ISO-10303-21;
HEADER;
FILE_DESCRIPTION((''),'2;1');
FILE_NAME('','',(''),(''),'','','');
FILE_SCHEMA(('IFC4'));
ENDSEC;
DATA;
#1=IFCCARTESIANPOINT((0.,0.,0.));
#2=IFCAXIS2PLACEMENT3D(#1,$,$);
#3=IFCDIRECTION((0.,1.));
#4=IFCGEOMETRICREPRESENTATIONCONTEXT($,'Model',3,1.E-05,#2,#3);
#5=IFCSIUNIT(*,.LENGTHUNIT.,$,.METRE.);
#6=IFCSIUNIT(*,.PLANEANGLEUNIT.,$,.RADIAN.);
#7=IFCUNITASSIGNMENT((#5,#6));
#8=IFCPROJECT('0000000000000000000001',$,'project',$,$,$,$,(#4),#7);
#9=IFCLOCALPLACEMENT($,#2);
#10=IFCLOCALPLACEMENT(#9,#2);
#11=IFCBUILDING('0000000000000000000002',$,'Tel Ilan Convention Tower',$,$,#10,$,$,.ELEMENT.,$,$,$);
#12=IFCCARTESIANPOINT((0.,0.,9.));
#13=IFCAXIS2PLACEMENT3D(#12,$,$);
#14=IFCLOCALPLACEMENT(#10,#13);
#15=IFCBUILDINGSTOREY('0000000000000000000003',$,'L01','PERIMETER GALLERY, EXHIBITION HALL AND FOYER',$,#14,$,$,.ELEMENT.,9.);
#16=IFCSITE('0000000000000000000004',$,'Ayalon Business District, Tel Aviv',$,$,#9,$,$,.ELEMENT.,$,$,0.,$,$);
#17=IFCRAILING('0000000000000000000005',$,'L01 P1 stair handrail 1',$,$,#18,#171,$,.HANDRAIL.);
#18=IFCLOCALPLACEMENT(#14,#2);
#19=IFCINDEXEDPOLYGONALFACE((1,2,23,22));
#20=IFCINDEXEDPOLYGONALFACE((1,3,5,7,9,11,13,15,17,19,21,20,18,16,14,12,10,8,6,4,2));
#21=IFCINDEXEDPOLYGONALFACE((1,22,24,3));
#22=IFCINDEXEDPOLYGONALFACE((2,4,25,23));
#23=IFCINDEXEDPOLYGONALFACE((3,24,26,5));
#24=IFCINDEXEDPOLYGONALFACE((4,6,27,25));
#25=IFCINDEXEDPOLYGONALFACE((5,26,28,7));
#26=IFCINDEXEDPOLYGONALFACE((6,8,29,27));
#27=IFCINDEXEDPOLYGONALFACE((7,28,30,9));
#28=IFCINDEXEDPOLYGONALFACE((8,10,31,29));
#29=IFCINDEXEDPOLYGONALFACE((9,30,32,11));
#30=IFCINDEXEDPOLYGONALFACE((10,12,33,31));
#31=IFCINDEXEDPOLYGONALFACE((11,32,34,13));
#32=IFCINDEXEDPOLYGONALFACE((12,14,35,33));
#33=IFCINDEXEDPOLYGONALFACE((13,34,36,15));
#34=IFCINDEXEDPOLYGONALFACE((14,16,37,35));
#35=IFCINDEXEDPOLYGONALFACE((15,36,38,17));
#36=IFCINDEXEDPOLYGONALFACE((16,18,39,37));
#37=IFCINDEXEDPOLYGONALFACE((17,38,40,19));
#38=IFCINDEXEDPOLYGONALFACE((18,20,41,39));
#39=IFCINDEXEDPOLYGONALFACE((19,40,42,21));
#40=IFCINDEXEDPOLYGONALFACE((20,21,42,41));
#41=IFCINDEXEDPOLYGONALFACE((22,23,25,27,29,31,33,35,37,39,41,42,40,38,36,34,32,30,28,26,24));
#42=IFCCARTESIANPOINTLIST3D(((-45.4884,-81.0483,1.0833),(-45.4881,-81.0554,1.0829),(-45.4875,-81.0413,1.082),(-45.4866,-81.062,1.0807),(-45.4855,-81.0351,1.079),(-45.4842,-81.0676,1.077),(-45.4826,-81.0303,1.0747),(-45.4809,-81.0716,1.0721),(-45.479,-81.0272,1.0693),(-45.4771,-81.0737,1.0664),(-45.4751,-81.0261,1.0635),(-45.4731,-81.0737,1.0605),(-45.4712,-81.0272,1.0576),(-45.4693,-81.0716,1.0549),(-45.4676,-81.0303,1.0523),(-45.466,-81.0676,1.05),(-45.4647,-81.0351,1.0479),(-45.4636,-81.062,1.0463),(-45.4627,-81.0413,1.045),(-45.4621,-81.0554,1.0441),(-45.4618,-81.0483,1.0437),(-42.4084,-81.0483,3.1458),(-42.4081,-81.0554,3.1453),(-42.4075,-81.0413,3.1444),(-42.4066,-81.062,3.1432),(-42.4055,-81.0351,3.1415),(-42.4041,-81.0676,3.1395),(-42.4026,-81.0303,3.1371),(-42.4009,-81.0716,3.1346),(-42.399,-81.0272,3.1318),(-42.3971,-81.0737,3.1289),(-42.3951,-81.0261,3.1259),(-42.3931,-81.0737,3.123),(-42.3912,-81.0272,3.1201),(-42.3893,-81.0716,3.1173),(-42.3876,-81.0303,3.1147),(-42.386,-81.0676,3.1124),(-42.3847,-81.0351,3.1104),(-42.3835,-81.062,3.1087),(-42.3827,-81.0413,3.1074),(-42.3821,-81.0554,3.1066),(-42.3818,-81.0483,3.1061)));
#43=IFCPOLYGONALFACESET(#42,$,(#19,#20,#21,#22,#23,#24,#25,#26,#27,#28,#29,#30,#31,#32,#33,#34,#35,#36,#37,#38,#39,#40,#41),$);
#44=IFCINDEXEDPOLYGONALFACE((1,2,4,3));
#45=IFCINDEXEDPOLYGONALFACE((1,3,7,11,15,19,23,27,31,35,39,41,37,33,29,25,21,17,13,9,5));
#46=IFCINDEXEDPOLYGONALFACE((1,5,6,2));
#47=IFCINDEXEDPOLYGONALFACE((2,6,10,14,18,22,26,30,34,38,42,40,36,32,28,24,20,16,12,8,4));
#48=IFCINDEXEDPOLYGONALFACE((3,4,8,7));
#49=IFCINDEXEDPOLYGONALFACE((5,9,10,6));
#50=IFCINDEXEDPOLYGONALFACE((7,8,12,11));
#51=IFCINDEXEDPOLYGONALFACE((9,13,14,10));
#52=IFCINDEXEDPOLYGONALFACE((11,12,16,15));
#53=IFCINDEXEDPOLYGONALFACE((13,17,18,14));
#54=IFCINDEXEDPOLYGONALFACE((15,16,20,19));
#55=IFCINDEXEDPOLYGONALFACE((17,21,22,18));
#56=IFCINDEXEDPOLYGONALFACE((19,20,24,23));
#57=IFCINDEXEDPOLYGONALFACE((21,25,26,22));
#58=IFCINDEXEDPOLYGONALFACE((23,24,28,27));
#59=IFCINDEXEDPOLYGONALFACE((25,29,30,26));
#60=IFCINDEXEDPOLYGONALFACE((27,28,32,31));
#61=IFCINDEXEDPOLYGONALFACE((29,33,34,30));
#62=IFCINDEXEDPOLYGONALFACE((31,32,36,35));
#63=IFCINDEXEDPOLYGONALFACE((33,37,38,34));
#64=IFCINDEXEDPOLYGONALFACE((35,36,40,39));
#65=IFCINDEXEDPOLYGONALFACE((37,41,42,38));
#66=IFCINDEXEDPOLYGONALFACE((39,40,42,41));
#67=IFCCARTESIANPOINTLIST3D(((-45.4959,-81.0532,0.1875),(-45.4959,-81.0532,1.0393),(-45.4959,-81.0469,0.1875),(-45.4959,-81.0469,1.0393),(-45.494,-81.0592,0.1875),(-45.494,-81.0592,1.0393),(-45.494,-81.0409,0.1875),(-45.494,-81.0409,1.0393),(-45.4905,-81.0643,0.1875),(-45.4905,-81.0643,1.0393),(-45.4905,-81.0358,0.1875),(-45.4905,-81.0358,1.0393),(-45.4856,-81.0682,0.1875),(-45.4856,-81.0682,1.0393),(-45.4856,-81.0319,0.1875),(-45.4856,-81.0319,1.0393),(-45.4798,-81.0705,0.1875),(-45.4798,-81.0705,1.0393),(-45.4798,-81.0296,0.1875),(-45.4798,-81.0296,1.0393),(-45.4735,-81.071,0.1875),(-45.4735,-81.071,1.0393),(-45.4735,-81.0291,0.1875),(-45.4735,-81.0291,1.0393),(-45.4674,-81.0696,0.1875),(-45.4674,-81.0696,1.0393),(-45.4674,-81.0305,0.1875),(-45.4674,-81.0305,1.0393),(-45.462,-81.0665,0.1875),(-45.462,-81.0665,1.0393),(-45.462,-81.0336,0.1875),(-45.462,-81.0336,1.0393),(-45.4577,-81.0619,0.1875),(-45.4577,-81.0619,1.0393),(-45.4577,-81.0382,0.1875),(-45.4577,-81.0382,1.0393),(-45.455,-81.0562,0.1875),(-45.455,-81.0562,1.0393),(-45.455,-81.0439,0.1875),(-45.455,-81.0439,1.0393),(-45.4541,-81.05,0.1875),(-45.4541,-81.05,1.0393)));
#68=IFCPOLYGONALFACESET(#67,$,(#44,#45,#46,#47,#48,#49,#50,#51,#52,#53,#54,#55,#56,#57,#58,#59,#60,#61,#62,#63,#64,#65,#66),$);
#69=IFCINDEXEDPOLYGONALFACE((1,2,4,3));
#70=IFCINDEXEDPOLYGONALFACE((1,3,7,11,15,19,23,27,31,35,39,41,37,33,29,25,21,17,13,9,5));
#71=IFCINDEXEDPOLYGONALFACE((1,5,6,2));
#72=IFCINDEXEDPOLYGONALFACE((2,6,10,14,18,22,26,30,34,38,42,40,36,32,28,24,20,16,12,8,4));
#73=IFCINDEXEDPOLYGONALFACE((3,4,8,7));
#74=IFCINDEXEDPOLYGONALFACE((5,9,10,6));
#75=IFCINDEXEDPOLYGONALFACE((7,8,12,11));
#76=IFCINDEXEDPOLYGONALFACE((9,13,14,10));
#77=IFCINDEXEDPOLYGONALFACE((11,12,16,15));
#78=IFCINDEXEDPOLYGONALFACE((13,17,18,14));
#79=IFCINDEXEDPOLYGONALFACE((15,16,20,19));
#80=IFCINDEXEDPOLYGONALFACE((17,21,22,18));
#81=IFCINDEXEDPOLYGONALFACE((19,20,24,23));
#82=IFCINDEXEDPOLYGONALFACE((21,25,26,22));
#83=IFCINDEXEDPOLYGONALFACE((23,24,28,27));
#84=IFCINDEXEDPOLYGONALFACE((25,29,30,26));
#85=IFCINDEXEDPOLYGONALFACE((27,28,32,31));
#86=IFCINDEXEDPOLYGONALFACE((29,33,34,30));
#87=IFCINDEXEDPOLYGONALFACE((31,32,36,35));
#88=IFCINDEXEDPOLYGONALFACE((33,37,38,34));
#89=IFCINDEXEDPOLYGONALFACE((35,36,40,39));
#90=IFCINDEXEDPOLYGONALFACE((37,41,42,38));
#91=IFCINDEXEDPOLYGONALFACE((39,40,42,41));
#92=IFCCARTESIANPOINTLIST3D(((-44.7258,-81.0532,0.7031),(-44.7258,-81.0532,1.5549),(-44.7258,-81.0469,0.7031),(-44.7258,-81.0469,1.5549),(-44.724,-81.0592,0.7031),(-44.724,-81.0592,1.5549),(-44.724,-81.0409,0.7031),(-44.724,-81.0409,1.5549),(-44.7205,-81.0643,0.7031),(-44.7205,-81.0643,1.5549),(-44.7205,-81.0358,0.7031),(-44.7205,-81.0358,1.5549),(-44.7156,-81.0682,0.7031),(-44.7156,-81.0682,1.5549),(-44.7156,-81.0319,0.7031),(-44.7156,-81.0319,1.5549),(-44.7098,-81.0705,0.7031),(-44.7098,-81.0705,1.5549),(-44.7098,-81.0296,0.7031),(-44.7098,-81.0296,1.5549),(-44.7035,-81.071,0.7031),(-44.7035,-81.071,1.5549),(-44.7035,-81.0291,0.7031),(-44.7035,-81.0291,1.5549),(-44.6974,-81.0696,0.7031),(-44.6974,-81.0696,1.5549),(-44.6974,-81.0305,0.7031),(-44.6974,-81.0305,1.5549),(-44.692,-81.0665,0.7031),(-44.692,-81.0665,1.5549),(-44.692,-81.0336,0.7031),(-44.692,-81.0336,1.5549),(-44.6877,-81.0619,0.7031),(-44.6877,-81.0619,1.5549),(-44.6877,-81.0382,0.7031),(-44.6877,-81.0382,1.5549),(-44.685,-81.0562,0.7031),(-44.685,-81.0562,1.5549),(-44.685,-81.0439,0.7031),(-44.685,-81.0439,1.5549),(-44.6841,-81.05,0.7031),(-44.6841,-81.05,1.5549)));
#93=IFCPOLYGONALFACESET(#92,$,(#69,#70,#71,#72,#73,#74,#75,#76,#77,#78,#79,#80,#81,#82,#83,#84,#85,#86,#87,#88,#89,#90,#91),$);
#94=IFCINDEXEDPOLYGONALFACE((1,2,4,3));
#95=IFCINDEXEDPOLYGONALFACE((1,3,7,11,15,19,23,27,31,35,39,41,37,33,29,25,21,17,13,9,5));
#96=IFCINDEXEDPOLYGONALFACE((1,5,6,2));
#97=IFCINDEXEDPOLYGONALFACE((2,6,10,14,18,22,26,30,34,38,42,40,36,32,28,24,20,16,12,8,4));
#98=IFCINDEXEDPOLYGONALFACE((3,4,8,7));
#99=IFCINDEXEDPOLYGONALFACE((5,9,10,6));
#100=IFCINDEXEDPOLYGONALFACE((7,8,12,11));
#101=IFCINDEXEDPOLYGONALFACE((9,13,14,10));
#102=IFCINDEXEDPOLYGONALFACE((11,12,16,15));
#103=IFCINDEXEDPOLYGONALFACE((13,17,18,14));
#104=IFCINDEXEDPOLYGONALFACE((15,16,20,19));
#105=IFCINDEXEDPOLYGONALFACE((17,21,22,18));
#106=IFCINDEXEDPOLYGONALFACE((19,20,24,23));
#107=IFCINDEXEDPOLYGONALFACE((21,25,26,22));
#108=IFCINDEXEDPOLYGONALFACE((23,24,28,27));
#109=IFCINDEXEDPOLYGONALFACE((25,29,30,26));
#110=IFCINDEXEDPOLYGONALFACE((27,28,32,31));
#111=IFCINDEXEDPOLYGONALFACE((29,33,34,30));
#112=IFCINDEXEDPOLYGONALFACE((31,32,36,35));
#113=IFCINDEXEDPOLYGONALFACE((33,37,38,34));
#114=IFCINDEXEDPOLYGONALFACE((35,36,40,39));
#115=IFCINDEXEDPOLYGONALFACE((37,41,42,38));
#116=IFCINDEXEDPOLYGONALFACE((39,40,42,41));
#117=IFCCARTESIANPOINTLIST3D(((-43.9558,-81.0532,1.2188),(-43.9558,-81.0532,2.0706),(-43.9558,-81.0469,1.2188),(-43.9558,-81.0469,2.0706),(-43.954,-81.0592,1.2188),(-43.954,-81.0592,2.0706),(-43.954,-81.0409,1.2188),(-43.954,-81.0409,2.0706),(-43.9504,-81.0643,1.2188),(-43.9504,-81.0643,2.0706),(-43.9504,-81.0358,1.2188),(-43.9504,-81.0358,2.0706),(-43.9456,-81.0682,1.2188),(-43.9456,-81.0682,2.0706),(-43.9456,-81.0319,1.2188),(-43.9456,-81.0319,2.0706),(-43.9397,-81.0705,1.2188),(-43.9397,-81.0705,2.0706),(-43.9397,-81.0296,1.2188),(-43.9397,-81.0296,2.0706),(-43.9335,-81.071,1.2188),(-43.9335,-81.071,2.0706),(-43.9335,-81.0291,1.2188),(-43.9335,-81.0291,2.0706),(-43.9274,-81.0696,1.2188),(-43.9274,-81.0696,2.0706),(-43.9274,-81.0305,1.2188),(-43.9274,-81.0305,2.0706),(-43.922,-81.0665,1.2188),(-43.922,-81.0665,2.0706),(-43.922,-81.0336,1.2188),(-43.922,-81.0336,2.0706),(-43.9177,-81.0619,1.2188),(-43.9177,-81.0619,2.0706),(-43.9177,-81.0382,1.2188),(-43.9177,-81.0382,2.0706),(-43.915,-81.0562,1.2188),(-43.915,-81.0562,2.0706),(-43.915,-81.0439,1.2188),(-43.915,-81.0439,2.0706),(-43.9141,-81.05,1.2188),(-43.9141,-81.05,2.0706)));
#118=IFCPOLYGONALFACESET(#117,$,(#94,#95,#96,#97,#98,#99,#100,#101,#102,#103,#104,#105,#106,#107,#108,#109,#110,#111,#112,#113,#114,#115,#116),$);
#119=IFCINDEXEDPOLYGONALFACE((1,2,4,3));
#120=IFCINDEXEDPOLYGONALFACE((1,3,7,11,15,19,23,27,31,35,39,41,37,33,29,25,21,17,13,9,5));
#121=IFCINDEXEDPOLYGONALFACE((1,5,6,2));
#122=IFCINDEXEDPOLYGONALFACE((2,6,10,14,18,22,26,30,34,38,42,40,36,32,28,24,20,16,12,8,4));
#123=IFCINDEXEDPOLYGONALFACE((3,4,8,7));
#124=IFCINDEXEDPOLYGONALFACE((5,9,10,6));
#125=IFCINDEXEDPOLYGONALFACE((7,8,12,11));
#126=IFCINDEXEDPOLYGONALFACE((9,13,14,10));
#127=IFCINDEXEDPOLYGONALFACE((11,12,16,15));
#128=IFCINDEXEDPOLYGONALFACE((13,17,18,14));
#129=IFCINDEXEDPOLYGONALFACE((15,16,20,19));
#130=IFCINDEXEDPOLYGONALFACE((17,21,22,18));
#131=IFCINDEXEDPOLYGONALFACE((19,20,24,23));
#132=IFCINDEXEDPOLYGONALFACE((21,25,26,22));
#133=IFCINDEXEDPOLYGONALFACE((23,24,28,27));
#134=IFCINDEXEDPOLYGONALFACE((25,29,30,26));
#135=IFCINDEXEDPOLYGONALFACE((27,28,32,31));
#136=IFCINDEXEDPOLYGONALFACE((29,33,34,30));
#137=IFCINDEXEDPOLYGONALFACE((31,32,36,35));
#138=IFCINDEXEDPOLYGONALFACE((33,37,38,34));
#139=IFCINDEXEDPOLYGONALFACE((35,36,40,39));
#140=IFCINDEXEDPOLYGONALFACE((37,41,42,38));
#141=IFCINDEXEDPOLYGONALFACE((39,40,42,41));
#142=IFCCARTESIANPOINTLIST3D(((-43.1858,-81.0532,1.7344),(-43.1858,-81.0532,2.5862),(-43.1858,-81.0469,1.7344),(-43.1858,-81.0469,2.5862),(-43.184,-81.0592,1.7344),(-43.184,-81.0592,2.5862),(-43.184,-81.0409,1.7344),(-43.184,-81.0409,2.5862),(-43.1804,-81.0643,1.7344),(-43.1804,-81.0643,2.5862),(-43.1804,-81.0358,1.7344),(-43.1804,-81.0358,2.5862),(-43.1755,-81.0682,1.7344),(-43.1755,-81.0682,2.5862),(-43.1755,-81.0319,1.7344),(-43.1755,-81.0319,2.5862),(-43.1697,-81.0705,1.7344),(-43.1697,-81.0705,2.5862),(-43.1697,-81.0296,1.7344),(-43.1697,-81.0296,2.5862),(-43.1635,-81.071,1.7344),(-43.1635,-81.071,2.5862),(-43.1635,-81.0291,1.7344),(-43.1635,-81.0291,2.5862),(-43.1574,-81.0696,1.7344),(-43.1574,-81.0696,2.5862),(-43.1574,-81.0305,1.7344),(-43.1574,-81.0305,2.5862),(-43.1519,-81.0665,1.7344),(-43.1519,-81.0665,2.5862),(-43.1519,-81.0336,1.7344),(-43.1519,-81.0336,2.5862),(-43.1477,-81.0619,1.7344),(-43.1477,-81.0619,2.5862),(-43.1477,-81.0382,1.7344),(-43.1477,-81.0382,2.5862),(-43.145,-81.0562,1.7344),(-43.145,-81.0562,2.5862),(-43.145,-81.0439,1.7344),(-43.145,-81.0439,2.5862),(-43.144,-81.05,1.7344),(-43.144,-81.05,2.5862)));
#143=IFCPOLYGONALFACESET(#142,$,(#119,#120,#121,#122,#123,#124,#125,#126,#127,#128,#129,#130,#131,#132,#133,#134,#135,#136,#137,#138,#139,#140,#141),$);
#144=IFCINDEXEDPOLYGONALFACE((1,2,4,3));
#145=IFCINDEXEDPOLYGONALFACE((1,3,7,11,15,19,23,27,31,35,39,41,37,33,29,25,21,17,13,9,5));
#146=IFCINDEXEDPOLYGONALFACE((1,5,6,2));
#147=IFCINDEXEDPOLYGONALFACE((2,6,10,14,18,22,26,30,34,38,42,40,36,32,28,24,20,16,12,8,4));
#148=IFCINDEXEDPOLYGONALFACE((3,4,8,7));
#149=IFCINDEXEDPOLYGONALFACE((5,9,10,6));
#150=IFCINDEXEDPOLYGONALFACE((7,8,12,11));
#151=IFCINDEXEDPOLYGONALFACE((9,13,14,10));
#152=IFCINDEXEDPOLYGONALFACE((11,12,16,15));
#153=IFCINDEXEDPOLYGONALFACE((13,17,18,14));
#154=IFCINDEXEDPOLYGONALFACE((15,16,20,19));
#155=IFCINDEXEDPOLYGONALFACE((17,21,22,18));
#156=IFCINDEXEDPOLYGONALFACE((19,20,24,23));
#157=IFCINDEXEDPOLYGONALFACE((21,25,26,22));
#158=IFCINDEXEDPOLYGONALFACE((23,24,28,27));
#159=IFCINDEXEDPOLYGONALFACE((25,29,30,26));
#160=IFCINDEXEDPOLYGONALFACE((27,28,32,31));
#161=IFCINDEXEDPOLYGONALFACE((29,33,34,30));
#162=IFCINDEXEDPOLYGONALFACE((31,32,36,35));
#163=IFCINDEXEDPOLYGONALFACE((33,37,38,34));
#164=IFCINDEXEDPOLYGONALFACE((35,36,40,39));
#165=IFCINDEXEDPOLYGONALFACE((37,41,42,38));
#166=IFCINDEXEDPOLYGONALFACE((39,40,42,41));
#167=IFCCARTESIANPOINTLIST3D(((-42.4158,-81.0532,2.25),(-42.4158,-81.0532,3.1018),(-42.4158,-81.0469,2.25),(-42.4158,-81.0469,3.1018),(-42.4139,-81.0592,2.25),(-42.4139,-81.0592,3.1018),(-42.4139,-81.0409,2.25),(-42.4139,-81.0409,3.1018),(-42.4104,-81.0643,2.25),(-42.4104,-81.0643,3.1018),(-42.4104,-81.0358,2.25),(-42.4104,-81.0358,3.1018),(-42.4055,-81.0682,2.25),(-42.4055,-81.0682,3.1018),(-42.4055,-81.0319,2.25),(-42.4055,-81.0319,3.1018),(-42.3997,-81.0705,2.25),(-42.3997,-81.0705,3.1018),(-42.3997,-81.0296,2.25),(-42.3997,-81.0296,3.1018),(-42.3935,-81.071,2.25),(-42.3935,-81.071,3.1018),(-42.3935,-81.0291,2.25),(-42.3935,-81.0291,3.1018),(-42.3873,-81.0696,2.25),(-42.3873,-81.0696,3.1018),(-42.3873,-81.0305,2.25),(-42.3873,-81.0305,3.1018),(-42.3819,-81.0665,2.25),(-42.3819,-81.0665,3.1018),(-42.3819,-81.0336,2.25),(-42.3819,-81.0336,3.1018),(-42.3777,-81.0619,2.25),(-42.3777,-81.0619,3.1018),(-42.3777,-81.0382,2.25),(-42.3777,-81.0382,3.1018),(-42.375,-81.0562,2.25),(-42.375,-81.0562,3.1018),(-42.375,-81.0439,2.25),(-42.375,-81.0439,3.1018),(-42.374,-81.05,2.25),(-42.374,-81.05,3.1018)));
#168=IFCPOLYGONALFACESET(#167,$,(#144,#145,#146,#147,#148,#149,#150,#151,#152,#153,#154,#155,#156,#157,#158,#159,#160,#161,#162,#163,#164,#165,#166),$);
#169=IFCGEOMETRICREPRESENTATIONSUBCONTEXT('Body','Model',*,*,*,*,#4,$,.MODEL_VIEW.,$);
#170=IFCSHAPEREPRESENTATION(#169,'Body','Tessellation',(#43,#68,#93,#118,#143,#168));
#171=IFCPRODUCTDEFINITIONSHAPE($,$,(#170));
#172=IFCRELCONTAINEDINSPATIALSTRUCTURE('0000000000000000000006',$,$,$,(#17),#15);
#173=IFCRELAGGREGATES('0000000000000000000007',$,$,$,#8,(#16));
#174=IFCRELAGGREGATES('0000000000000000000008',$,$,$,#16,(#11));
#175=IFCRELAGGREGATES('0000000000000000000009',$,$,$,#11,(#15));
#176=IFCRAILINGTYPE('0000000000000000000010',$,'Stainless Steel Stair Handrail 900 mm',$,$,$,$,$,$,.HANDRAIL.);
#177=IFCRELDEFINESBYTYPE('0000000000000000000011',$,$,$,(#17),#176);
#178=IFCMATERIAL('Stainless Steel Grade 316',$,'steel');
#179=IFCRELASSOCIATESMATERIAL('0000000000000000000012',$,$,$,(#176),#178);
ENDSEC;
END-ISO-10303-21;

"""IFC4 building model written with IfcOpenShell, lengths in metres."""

from ifc_helpers import new_model, si_unit, direction, frame, origin, origin_2d, place, context, subcontext, project, spatial, circle, extrude, material, type_object, element, save


model = new_model("IFC4")

# Units and contexts
model_context = context("Model", 3, precision=1e-05, world=origin(), true_north=direction((0.0, 1.0)))
body_context = subcontext(model_context, "Body", "Model", "MODEL_VIEW")
ifc_project = project(units=[si_unit("LENGTHUNIT", "METRE"), si_unit("PLANEANGLEUNIT", "RADIAN")], contexts=[model_context])

# Site, building, storey
site_placement = place(None, origin())
site = spatial("IfcSite", under=ifc_project, at=site_placement, Name="Ayalon Business District, Tel Aviv", CompositionType="ELEMENT", RefElevation=0.0)
building_placement = place(site_placement, origin())
building = spatial("IfcBuilding", under=site, at=building_placement, Name="Tel Ilan Convention Tower", CompositionType="ELEMENT")
storey_placement = place(building_placement, frame((0.0, 0.0, 9.0)))
storey = spatial("IfcBuildingStorey", under=building, at=storey_placement, Name="L01", Description="PERIMETER GALLERY, EXHIBITION HALL AND FOYER", CompositionType="ELEMENT", Elevation=9.0)

# Railing
ifc_material_1 = material(Name="Stainless Steel Grade 316", Category="steel")
railing_type_1 = type_object("IfcRailingType", Name="Stainless Steel Stair Handrail 900 mm", PredefinedType="HANDRAIL", material=ifc_material_1)
railing_placement = place(storey_placement, frame((-45.4751, -81.05, 0.1875)))
element("IfcRailing", 1, at=railing_placement, inside=storey, type_object=railing_type_1, Name="L01 P1 stair handrail 1", PredefinedType="HANDRAIL", context=body_context, shape_type="SweptSolid", body=[
    extrude(circle(Radius=0.0239, at=origin_2d()), frame((0.0, 0.0, 0.876), z_axis=(0.830914, 0.0, 0.556401), x_axis=(0.0, 1.0, 0.0)), (0.0, 0.0, 1.0), 3.7068),
    extrude(circle(Radius=0.021, at=origin_2d()), origin(), (0.0, 0.0, 1.0), 0.8518),
    extrude(circle(Radius=0.021, at=origin_2d()), frame((0.77, 0.0, 0.5156)), (0.0, 0.0, 1.0), 0.8518),
    extrude(circle(Radius=0.021, at=origin_2d()), frame((1.54, 0.0, 1.0312)), (0.0, 0.0, 1.0), 0.8518),
    extrude(circle(Radius=0.021, at=origin_2d()), frame((2.3101, 0.0, 1.5469)), (0.0, 0.0, 1.0), 0.8518),
    extrude(circle(Radius=0.021, at=origin_2d()), frame((3.0801, 0.0, 2.0625)), (0.0, 0.0, 1.0), 0.8518),
])

save(model, "model.ifc")
